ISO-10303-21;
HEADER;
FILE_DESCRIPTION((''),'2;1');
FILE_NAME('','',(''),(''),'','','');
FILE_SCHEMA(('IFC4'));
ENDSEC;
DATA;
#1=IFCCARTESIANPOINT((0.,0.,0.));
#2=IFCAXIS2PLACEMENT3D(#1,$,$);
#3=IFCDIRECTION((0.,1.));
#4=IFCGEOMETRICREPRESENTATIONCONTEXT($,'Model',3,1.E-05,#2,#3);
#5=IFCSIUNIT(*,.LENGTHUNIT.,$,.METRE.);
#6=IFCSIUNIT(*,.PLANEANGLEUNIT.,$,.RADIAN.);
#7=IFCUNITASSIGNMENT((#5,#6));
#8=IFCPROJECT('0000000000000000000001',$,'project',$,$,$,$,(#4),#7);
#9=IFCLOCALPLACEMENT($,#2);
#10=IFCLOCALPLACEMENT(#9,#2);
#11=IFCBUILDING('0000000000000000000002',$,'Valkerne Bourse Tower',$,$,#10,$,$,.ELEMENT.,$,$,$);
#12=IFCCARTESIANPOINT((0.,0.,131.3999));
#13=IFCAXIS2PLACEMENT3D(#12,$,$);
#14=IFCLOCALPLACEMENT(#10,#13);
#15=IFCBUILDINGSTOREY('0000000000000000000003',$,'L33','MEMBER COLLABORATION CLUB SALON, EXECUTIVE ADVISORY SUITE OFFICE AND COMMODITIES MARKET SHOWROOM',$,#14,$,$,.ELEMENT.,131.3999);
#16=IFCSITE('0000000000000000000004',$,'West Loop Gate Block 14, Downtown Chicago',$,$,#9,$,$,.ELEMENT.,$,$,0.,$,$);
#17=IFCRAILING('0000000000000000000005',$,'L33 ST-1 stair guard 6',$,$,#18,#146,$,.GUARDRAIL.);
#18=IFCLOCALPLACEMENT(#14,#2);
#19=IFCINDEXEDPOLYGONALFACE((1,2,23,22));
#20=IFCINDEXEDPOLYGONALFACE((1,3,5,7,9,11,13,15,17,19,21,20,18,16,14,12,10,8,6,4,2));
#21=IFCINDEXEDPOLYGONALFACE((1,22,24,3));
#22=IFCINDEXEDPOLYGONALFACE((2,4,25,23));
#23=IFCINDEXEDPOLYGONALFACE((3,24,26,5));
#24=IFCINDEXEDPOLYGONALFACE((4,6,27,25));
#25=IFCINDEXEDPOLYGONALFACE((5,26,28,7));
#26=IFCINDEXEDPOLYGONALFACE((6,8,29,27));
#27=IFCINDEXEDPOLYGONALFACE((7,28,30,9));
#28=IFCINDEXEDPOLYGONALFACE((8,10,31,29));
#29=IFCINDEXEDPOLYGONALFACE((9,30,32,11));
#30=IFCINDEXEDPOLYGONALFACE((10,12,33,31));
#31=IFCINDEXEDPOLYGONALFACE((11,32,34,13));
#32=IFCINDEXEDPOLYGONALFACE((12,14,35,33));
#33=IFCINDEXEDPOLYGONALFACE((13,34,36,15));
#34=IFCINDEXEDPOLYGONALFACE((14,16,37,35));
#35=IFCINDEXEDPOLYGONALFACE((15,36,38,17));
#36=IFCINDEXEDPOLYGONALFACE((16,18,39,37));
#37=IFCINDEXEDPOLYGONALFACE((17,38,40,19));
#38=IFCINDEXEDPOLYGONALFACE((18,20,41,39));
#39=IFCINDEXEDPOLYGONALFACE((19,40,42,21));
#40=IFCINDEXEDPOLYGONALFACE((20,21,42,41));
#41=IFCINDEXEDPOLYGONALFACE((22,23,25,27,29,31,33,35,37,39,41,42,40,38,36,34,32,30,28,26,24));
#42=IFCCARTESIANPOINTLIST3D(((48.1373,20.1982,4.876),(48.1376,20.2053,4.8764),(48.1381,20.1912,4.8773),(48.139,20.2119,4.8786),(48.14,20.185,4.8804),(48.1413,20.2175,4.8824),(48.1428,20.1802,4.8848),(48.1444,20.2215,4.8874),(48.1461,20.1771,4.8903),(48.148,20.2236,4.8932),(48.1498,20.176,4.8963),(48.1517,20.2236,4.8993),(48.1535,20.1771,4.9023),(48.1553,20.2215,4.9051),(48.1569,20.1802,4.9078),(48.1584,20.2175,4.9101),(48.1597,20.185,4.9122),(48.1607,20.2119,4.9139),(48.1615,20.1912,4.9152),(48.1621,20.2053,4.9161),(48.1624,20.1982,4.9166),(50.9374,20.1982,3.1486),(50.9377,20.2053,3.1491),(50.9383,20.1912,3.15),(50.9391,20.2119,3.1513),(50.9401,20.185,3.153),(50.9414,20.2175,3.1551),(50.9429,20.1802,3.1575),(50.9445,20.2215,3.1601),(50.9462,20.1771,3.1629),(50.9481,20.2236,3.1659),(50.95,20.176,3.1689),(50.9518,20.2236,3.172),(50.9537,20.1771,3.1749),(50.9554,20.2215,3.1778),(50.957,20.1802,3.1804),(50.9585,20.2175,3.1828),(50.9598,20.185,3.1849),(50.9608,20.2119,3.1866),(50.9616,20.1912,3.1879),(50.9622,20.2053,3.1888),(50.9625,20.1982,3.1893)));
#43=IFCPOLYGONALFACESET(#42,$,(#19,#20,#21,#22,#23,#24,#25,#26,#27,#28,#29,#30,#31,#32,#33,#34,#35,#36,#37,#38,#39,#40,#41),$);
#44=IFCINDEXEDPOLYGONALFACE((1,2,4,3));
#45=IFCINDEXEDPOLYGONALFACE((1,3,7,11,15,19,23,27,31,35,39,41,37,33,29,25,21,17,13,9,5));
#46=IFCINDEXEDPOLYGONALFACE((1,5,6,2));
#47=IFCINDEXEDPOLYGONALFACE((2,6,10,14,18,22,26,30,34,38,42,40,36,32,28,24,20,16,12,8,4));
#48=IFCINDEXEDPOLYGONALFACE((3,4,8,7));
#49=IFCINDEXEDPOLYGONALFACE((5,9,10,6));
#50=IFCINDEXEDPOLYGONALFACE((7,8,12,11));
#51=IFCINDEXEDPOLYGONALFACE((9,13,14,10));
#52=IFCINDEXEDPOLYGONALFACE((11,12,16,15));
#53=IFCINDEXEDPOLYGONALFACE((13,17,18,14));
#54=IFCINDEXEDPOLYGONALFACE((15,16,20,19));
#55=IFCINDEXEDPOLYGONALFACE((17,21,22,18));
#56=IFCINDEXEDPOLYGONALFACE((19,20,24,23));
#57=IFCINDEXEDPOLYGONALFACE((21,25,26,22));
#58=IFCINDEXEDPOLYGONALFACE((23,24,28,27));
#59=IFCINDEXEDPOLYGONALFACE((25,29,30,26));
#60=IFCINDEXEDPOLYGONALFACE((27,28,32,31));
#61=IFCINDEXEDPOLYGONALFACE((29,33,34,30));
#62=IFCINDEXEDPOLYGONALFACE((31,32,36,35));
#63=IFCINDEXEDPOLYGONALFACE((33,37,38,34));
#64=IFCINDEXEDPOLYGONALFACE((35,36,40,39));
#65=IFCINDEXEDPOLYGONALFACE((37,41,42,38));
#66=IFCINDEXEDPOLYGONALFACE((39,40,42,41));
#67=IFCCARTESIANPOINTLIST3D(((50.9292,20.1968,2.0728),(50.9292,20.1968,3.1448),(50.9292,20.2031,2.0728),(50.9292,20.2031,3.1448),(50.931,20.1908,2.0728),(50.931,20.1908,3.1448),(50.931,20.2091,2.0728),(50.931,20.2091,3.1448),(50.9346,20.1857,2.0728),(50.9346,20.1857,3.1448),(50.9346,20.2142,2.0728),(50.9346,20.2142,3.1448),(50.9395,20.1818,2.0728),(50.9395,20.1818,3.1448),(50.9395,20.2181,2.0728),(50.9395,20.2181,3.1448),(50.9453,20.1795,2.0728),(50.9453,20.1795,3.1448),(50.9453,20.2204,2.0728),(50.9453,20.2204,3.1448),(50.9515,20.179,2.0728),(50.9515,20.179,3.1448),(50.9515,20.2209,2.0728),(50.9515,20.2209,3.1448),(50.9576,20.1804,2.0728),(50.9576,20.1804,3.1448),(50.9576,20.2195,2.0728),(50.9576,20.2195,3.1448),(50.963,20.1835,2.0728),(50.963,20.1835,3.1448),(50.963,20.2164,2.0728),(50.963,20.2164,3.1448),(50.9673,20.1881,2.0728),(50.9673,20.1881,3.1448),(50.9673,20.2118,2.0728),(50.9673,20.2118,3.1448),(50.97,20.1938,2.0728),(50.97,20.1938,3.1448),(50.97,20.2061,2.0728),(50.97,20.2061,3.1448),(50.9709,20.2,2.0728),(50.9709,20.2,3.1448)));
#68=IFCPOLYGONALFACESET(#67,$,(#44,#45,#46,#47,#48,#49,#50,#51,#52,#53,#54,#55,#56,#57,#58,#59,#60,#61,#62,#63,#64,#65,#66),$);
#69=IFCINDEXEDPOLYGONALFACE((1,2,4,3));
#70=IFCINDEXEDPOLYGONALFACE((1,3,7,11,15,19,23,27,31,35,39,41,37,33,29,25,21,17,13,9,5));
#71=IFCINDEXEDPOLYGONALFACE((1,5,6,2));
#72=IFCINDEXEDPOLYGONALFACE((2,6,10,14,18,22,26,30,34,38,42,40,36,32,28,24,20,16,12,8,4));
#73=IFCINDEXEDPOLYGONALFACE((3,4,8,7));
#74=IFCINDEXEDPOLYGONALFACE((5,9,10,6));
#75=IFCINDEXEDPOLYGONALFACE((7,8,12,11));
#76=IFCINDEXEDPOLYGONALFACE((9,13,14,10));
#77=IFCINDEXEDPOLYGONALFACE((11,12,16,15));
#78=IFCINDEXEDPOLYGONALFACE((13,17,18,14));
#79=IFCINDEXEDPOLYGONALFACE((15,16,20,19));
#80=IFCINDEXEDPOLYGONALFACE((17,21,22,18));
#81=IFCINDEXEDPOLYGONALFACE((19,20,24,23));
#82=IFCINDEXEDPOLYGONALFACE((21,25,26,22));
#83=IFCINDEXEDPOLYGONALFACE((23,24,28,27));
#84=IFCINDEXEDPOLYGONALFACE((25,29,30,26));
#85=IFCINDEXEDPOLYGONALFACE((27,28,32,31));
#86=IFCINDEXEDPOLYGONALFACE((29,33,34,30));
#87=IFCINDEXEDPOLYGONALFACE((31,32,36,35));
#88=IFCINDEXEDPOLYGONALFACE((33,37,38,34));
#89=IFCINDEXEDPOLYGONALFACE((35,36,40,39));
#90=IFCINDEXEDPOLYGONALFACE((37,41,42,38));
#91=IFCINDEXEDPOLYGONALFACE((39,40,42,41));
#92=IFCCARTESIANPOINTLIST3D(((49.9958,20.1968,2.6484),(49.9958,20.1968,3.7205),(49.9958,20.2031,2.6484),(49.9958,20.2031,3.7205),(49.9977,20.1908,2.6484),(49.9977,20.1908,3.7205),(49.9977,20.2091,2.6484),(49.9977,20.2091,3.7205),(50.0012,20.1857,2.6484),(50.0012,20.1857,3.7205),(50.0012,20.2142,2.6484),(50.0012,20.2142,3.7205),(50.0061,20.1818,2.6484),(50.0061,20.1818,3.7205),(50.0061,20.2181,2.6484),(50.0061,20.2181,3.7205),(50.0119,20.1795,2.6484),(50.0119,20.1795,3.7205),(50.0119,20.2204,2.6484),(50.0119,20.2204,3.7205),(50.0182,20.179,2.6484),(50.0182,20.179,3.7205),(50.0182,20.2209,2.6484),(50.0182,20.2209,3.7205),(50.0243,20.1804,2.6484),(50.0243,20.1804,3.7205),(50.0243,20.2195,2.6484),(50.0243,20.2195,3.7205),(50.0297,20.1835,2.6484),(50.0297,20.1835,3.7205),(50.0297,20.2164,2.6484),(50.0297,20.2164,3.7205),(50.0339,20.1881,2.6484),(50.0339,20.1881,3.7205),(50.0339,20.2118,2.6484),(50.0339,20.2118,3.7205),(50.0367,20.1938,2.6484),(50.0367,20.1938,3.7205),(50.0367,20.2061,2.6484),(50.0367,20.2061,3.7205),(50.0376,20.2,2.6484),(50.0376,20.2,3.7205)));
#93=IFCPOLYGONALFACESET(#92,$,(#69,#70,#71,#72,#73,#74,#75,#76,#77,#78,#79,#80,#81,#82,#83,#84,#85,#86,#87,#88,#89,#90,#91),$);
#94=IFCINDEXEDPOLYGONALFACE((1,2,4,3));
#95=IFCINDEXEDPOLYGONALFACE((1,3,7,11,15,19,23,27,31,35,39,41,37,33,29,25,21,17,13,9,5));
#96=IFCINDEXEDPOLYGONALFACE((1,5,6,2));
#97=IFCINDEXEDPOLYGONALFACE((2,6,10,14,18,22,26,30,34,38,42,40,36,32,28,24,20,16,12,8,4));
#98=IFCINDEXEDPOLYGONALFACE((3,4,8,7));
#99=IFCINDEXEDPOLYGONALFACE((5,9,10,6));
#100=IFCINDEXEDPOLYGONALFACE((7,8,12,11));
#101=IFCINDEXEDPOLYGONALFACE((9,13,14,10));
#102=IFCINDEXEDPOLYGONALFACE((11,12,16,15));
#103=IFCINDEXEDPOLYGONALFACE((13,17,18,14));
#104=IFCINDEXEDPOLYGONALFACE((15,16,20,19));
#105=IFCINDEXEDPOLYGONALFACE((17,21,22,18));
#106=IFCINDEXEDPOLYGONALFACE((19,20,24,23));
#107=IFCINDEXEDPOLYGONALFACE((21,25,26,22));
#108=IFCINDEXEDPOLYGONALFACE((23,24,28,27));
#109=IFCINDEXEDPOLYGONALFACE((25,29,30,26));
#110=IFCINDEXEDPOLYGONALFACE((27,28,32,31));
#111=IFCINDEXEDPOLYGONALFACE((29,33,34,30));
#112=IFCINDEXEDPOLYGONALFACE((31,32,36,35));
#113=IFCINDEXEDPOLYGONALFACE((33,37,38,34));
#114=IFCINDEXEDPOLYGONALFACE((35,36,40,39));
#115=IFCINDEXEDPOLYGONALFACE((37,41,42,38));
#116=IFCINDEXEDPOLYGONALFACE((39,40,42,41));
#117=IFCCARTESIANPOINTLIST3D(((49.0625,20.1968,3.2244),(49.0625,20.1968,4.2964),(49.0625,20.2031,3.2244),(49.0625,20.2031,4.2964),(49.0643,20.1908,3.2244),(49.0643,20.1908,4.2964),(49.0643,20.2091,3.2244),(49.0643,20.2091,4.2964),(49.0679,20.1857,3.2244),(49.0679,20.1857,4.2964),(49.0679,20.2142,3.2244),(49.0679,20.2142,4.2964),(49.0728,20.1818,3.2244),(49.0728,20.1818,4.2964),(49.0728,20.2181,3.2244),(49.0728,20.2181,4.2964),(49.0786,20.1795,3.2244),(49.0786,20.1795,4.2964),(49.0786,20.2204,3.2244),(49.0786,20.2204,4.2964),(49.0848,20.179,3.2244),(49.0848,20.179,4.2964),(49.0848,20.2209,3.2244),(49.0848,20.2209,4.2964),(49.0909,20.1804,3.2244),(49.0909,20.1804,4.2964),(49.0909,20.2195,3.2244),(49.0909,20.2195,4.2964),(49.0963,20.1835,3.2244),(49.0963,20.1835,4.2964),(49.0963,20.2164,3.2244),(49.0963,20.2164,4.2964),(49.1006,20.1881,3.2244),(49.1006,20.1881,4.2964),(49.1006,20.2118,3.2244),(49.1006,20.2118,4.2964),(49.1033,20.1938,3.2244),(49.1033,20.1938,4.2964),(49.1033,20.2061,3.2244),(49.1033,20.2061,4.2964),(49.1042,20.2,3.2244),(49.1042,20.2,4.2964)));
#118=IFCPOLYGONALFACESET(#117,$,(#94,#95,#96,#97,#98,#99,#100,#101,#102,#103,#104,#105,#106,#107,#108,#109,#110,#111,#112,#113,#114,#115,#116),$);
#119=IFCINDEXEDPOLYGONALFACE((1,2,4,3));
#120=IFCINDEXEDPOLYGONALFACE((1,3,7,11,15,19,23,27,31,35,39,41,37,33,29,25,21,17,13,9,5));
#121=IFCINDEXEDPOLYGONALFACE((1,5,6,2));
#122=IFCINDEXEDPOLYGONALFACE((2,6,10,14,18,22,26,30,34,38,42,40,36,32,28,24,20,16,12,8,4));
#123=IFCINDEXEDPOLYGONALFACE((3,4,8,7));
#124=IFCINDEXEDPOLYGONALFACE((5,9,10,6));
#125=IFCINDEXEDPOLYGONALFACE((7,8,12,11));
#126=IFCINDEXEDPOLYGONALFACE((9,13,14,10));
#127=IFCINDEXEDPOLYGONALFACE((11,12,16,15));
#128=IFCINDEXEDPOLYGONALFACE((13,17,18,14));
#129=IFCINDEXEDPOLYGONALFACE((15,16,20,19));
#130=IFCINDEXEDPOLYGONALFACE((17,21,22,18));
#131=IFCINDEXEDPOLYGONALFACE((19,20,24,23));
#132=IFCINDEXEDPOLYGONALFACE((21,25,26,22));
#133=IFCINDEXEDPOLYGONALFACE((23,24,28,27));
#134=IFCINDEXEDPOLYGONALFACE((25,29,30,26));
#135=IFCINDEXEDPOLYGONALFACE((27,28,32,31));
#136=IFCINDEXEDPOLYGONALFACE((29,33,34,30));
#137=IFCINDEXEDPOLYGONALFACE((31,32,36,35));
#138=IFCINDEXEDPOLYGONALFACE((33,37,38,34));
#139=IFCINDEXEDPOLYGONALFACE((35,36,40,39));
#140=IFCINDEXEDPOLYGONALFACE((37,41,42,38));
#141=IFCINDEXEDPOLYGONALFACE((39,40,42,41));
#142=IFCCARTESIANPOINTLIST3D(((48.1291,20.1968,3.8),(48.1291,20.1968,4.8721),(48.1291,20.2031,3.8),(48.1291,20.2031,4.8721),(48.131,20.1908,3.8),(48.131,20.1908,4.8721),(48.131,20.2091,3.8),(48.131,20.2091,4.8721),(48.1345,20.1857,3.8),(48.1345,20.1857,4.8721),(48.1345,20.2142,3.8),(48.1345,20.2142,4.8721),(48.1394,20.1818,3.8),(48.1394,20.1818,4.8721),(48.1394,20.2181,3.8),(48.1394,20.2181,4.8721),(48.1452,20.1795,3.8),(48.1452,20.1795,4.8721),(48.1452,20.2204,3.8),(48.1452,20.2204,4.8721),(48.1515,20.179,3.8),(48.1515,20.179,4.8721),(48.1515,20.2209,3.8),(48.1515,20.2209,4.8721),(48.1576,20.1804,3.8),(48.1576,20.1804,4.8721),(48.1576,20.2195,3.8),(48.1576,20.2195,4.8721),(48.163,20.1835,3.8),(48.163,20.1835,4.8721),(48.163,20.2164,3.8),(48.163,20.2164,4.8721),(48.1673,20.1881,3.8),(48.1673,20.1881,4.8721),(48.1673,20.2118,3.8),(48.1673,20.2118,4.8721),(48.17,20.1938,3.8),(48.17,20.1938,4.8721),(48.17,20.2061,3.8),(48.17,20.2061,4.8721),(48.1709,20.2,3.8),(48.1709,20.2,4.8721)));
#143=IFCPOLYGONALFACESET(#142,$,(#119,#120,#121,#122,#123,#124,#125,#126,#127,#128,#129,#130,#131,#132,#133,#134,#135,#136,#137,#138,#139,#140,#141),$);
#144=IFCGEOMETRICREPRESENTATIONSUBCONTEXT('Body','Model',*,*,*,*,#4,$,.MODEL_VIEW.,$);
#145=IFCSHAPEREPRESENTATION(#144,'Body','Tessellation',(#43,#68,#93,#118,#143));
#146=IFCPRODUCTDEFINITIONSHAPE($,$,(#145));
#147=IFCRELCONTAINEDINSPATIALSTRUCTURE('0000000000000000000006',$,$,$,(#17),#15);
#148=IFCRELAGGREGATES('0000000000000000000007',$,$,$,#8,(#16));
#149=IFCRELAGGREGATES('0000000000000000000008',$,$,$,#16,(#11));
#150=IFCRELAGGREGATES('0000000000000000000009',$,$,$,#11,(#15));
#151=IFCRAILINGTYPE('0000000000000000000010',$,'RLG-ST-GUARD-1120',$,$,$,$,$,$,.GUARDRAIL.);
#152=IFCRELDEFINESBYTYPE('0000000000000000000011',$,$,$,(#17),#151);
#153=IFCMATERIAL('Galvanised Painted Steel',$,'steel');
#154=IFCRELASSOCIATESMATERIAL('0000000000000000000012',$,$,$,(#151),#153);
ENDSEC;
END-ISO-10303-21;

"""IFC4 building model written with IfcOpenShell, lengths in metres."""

from ifc_helpers import new_model, si_unit, direction, frame, origin, origin_2d, place, context, subcontext, project, spatial, circle, extrude, material, type_object, element, save


model = new_model("IFC4")

# Units and contexts
model_context = context("Model", 3, precision=1e-05, world=origin(), true_north=direction((0.0, 1.0)))
body_context = subcontext(model_context, "Body", "Model", "MODEL_VIEW")
ifc_project = project(units=[si_unit("LENGTHUNIT", "METRE"), si_unit("PLANEANGLEUNIT", "RADIAN")], contexts=[model_context])

# Site, building, storey
site_placement = place(None, origin())
site = spatial("IfcSite", under=ifc_project, at=site_placement, Name="West Loop Gate Block 14, Downtown Chicago", CompositionType="ELEMENT", RefElevation=0.0)
building_placement = place(site_placement, origin())
building = spatial("IfcBuilding", under=site, at=building_placement, Name="Valkerne Bourse Tower", CompositionType="ELEMENT")
storey_placement = place(building_placement, frame((0.0, 0.0, 131.3999)))
storey = spatial("IfcBuildingStorey", under=building, at=storey_placement, Name="L33", Description="MEMBER COLLABORATION CLUB SALON, EXECUTIVE ADVISORY SUITE OFFICE AND COMMODITIES MARKET SHOWROOM", CompositionType="ELEMENT", Elevation=131.3999)

# Shared definitions
ifc_material_1 = material(Name="Galvanised Painted Steel", Category="steel")

# Railing
railing_type_1 = type_object("IfcRailingType", Name="RLG-ST-GUARD-1120", PredefinedType="GUARDRAIL", material=ifc_material_1)
railing_1_placement = place(storey_placement, frame((50.95, 20.2, 2.0728)))
element("IfcRailing", 1, at=railing_1_placement, inside=storey, type_object=railing_type_1, Name="L33 ST-1 stair guard 6", PredefinedType="GUARDRAIL", context=body_context, shape_type="SweptSolid", body=[
    extrude(circle(Radius=0.0239, at=origin_2d()), frame((0.0, 0.0, 1.0962), z_axis=(-0.85109, 0.0, 0.52502), x_axis=(0.0, -1.0, 0.0)), (0.0, 0.0, 1.0), 3.29),
    extrude(circle(Radius=0.021, at=origin_2d()), origin(), (0.0, 0.0, 1.0), 1.072),
    extrude(circle(Radius=0.021, at=origin_2d()), frame((-0.9333, 0.0, 0.5757)), (0.0, 0.0, 1.0), 1.072),
    extrude(circle(Radius=0.021, at=origin_2d()), frame((-1.8667, 0.0, 1.1516)), (0.0, 0.0, 1.0), 1.072),
    extrude(circle(Radius=0.021, at=origin_2d()), frame((-2.8, 0.0, 1.7273)), (0.0, 0.0, 1.0), 1.072),
])

save(model, "model.ifc")
